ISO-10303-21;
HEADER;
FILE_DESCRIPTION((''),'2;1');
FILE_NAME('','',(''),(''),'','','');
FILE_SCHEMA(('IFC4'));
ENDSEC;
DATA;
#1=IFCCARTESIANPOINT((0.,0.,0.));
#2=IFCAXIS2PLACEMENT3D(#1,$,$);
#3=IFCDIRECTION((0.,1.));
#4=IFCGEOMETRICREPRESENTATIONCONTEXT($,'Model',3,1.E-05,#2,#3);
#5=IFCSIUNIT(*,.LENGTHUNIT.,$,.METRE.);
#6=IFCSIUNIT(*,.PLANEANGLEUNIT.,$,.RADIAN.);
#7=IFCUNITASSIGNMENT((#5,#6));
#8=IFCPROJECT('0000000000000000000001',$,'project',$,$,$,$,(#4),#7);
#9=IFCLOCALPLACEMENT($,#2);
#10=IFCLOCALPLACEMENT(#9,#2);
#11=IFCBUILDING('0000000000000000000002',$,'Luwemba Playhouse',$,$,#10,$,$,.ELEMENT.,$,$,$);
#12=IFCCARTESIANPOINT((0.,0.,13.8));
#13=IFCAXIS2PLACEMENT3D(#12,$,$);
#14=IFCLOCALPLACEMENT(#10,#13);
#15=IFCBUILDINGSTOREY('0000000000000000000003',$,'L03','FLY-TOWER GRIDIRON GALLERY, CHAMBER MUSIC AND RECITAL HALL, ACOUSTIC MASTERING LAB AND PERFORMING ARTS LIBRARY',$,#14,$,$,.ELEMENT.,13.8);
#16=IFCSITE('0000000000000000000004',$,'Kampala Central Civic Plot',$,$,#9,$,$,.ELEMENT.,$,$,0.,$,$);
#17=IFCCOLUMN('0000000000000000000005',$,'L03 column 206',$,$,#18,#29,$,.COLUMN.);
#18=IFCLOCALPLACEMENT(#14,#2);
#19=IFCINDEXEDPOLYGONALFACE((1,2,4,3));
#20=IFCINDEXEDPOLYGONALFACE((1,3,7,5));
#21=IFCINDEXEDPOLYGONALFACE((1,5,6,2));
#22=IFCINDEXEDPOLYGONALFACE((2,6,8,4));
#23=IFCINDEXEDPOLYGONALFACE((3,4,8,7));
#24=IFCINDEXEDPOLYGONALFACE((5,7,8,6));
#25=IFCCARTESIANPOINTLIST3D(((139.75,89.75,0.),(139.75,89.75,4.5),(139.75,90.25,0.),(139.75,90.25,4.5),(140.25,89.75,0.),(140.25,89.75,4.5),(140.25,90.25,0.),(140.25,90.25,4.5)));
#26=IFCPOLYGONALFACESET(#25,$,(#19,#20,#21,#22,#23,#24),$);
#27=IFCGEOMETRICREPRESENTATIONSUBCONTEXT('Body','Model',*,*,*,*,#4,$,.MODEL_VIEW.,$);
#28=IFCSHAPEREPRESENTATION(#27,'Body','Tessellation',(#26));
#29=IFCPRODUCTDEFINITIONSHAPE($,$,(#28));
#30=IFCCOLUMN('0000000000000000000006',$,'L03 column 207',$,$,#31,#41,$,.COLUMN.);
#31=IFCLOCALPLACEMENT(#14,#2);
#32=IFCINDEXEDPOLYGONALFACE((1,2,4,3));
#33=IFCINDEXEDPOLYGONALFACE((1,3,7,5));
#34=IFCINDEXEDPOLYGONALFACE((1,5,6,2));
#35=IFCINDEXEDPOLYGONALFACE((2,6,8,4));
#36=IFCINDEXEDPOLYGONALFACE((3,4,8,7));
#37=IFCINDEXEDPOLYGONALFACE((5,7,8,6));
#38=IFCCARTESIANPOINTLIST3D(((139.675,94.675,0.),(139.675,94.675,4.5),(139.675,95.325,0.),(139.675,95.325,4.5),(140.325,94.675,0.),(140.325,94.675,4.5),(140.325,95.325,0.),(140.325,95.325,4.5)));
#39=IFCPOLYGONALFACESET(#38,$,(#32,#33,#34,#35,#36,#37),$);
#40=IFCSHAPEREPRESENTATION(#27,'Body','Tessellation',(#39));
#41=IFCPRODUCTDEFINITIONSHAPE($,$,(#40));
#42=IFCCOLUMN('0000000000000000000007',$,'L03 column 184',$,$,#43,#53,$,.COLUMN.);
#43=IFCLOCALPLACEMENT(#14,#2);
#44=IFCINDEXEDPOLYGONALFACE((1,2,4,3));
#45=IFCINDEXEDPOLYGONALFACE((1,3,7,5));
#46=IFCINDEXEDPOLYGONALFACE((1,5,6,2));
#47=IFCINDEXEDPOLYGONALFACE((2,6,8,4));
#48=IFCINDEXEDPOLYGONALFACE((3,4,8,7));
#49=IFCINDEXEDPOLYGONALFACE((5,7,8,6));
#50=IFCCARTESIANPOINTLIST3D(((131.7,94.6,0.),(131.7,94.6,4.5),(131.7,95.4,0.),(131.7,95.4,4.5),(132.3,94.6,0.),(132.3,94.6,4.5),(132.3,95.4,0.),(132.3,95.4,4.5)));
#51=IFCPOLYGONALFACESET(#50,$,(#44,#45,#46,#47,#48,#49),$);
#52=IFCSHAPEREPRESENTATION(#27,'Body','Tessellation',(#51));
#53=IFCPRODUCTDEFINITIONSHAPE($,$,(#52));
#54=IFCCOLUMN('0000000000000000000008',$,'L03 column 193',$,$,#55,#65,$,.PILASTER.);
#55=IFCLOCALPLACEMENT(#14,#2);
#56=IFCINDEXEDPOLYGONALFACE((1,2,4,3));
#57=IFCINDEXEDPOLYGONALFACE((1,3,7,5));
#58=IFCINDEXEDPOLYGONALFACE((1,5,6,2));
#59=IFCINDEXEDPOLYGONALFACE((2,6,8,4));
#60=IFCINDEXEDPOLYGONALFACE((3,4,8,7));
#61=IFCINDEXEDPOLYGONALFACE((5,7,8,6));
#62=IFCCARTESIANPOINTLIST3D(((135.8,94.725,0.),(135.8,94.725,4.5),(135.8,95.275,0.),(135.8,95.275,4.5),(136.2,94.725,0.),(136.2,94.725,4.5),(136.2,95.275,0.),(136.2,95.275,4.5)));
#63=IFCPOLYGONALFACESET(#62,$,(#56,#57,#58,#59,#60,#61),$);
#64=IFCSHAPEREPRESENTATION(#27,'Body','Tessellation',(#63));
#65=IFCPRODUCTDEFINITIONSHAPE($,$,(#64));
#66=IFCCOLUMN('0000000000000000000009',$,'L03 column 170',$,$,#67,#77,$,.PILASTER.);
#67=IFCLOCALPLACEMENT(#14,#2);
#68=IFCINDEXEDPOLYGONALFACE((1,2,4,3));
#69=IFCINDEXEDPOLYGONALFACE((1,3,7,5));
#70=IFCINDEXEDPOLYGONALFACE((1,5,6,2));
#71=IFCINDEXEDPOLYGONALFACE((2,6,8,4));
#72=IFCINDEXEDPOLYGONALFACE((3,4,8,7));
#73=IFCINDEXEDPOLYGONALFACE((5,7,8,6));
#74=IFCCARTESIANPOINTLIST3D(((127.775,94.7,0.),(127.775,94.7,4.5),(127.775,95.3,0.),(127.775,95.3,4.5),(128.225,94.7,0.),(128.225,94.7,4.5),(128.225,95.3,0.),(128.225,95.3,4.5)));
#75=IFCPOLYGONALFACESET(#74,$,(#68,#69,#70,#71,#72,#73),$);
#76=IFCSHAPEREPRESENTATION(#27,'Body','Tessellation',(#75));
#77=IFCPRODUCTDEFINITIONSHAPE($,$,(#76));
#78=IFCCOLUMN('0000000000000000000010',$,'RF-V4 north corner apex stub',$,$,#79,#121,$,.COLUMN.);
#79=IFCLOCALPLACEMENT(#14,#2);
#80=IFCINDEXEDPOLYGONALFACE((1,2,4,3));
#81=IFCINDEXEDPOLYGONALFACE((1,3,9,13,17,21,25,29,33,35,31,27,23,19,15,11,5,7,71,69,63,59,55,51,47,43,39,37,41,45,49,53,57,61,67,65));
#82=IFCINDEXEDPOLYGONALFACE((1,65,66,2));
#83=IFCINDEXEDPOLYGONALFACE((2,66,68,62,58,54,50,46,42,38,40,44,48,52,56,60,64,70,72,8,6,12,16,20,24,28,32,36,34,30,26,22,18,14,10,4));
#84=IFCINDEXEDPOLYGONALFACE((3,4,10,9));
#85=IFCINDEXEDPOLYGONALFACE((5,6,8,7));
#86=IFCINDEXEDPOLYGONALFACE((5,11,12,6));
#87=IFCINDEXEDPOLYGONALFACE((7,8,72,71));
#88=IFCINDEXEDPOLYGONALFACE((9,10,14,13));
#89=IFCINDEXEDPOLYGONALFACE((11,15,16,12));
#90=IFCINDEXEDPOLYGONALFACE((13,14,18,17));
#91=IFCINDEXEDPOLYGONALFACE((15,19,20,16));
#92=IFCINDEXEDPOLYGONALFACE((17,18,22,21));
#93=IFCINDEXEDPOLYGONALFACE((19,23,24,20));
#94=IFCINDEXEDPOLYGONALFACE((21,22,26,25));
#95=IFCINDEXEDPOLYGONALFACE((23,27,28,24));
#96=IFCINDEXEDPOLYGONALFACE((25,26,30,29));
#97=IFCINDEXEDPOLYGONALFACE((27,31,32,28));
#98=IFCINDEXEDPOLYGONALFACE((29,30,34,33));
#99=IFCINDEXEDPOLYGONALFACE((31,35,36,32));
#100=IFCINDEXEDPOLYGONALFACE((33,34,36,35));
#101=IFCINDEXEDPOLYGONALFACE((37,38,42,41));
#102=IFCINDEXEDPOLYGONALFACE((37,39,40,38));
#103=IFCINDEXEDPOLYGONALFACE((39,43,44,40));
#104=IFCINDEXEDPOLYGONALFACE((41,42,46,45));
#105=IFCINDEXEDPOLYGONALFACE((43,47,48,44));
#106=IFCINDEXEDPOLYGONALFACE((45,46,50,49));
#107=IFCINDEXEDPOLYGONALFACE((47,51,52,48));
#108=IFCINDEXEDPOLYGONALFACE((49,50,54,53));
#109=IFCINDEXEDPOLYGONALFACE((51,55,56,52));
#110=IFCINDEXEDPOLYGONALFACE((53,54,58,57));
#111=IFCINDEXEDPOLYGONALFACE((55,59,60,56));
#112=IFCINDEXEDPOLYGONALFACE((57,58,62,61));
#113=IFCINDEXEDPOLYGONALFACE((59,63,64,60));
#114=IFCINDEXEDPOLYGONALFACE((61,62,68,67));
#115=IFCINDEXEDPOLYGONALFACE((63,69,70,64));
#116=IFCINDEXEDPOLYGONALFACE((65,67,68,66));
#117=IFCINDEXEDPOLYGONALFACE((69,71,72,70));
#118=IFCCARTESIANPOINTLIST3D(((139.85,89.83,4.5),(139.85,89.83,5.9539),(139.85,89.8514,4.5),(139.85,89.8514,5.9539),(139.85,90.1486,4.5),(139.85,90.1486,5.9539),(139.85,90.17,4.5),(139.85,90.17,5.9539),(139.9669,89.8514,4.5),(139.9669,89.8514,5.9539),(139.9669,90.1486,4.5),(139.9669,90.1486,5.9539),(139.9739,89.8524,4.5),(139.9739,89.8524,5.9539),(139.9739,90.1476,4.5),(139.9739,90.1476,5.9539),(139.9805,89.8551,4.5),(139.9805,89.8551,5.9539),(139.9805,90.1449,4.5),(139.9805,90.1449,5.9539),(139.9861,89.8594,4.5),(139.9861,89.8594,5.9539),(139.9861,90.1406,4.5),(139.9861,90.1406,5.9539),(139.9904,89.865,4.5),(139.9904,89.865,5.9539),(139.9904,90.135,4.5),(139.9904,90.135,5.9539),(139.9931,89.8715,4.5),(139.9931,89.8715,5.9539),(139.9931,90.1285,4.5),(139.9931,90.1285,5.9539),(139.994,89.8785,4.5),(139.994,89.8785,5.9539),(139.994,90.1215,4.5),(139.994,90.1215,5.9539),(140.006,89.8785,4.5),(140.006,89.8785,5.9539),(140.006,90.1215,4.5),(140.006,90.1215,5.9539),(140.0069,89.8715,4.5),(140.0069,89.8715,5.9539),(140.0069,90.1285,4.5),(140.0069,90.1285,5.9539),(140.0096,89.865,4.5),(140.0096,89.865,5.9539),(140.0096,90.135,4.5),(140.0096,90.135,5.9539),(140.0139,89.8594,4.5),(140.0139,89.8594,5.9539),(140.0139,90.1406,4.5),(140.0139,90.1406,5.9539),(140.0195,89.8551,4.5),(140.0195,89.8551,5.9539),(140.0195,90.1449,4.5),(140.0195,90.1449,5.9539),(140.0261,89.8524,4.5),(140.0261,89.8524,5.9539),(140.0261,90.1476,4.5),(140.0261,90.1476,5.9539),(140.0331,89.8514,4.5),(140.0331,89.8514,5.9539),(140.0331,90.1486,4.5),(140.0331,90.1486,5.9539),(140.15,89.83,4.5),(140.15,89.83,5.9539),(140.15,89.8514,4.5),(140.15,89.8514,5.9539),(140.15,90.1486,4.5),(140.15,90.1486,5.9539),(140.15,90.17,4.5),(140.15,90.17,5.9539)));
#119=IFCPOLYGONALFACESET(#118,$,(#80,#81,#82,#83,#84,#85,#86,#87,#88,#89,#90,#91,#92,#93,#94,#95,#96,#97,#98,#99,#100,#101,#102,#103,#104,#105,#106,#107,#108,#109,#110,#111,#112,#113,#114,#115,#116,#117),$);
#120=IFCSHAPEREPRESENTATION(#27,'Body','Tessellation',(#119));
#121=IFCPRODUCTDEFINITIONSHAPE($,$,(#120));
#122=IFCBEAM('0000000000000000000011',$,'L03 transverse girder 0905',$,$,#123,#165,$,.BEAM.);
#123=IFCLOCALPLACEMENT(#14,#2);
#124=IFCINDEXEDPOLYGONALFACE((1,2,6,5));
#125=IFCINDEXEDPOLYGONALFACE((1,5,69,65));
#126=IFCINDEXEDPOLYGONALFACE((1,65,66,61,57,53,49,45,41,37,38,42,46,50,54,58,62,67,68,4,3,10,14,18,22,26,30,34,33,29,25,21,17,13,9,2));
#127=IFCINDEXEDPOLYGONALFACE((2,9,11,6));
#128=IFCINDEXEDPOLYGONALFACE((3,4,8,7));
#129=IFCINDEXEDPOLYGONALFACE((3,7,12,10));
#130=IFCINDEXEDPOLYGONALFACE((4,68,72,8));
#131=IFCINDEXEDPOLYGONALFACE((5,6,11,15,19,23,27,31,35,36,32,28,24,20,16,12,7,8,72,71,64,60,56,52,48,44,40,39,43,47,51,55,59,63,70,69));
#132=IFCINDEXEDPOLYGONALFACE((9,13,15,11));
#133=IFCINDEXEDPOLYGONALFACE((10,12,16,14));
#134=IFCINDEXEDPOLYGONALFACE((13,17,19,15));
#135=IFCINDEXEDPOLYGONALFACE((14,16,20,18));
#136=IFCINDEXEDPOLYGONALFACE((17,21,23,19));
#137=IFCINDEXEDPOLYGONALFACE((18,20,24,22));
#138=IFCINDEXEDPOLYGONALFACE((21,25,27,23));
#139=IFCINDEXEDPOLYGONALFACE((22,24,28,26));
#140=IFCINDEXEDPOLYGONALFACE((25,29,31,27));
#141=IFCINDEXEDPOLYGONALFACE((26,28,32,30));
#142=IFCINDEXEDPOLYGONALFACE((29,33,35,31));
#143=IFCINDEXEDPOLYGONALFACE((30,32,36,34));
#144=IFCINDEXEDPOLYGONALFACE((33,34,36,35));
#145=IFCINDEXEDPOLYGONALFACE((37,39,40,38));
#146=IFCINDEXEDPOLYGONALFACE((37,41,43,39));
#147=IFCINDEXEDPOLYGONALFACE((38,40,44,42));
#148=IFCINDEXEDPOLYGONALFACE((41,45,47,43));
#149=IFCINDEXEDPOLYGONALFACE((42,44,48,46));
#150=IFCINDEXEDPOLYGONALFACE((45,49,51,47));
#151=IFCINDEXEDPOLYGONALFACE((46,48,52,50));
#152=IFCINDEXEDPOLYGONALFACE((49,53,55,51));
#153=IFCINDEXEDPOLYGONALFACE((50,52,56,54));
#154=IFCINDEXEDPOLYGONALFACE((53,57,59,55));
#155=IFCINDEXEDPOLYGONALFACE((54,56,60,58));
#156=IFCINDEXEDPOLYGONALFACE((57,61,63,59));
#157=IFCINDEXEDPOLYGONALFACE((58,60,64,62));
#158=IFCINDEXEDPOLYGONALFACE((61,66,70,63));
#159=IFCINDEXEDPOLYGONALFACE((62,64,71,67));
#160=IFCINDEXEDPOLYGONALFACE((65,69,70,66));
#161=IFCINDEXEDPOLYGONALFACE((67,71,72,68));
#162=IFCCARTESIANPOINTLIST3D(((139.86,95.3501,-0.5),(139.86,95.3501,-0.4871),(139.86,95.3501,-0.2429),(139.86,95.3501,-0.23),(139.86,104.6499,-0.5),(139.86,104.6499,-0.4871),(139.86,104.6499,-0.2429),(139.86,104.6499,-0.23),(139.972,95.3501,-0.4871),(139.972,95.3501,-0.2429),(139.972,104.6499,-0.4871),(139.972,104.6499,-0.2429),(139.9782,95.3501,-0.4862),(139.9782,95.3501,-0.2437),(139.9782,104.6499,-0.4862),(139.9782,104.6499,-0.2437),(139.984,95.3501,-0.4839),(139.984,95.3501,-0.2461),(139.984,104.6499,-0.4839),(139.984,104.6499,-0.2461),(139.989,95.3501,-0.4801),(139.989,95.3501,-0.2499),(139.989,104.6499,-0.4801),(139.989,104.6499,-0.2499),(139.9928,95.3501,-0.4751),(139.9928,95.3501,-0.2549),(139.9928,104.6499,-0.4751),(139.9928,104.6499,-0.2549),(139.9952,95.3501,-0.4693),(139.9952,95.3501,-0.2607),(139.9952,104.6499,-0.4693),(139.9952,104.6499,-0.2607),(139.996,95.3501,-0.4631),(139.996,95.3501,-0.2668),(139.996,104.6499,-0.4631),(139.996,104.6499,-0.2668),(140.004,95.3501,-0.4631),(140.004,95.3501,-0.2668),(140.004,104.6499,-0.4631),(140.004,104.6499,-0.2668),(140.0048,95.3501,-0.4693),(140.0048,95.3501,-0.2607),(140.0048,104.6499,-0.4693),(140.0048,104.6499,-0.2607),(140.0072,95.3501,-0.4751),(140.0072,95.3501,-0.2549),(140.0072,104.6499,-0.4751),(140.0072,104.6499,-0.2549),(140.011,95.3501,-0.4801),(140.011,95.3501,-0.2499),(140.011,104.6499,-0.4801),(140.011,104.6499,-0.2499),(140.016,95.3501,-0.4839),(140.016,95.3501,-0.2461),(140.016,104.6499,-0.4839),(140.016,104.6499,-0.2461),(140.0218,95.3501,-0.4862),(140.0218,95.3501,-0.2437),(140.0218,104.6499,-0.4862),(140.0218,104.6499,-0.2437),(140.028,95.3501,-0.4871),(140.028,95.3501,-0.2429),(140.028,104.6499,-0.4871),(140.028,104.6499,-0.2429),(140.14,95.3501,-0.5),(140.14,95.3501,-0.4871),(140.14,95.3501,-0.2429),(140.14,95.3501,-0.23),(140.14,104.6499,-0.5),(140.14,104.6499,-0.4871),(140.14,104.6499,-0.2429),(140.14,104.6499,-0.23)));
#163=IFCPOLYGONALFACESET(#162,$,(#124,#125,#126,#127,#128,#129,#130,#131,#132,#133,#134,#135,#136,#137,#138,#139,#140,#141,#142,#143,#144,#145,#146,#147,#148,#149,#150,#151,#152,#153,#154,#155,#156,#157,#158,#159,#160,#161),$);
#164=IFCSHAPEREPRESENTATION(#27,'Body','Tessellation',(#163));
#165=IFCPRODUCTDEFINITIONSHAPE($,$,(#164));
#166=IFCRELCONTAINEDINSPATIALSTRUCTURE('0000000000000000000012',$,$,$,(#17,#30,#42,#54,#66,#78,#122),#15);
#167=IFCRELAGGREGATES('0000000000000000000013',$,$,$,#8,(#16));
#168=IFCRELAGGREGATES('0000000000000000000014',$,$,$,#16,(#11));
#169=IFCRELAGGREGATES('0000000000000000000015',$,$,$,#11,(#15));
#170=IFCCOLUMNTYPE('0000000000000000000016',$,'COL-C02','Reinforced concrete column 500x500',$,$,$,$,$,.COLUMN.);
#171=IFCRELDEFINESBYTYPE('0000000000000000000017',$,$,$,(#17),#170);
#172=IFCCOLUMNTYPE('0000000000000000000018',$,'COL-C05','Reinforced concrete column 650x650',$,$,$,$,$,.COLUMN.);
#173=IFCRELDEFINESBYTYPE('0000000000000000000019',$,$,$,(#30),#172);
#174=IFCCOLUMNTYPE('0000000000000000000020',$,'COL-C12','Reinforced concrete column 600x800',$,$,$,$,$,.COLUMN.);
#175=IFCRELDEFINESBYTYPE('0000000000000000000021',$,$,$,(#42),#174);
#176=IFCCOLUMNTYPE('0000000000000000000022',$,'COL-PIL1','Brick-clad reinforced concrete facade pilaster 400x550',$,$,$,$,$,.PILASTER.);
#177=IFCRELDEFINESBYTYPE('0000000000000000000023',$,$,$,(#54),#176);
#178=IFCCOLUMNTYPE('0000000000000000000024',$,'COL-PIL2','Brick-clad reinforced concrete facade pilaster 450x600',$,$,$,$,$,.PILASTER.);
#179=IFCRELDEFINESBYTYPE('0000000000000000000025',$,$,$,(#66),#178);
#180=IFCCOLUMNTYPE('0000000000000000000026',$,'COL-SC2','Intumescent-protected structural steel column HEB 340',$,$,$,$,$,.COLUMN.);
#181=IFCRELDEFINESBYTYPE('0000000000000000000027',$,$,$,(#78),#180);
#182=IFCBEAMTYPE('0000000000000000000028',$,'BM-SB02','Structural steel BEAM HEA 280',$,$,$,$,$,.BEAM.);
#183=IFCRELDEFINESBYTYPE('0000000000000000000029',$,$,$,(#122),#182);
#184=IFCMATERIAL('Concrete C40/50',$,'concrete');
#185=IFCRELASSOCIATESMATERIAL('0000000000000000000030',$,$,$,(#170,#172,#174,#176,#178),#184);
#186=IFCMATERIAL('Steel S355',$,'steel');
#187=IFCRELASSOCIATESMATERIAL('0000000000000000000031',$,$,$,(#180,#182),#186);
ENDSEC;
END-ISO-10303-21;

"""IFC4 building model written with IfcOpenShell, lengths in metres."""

from ifc_helpers import new_model, si_unit, direction, frame, origin, origin_2d, place, context, subcontext, project, spatial, rectangle, i_section, extrude, material, material_profile, profile_set, type_object, element, save


model = new_model("IFC4")

# Units and contexts
model_context = context("Model", 3, precision=1e-05, world=origin(), true_north=direction((0.0, 1.0)))
body_context = subcontext(model_context, "Body", "Model", "MODEL_VIEW")
ifc_project = project(units=[si_unit("LENGTHUNIT", "METRE"), si_unit("PLANEANGLEUNIT", "RADIAN")], contexts=[model_context])

# Site, building, storey
site_placement = place(None, origin())
site = spatial("IfcSite", under=ifc_project, at=site_placement, Name="Kampala Central Civic Plot", CompositionType="ELEMENT", RefElevation=0.0)
building_placement = place(site_placement, origin())
building = spatial("IfcBuilding", under=site, at=building_placement, Name="Luwemba Playhouse", CompositionType="ELEMENT")
storey_placement = place(building_placement, frame((0.0, 0.0, 13.8)))
storey = spatial("IfcBuildingStorey", under=building, at=storey_placement, Name="L03", Description="FLY-TOWER GRIDIRON GALLERY, CHAMBER MUSIC AND RECITAL HALL, ACOUSTIC MASTERING LAB AND PERFORMING ARTS LIBRARY", CompositionType="ELEMENT", Elevation=13.8)

# Columns
ifc_material_1 = material(Name="Concrete C40/50", Category="concrete")
ifc_material_profile_1 = material_profile(ifc_material_1, rectangle(XDim=0.5, YDim=0.5, at=origin_2d()))
ifc_profile_set_1 = profile_set([ifc_material_profile_1], Name="Concrete C40/50")
column_type_1 = type_object("IfcColumnType", Name="COL-C02", Description="Reinforced concrete column 500x500", PredefinedType="COLUMN", material=ifc_profile_set_1)
column_1_placement = place(storey_placement, frame((140.0, 90.0, 0.0), z_axis=(0.0, 0.0, 1.0), x_axis=(1.0, 0.0, 0.0)))
element("IfcColumn", 1, at=column_1_placement, inside=storey, type_object=column_type_1, Name="L03 column 206", PredefinedType="COLUMN", context=body_context, shape_type="SweptSolid", body=[
    extrude(rectangle(XDim=0.5, YDim=0.5, at=origin_2d()), origin(), (0.0, 0.0, 1.0), 4.5),
])
ifc_material_profile_2 = material_profile(ifc_material_1, rectangle(XDim=0.6499, YDim=0.6499, at=origin_2d()))
ifc_profile_set_2 = profile_set([ifc_material_profile_2], Name="Concrete C40/50")
column_type_2 = type_object("IfcColumnType", Name="COL-C05", Description="Reinforced concrete column 650x650", PredefinedType="COLUMN", material=ifc_profile_set_2)
column_2_placement = place(storey_placement, frame((140.0, 95.0, 0.0), z_axis=(0.0, 0.0, 1.0), x_axis=(1.0, 0.0, 0.0)))
element("IfcColumn", 2, at=column_2_placement, inside=storey, type_object=column_type_2, Name="L03 column 207", PredefinedType="COLUMN", context=body_context, shape_type="SweptSolid", body=[
    extrude(rectangle(XDim=0.6499, YDim=0.6499, at=origin_2d()), origin(), (0.0, 0.0, 1.0), 4.5),
])
ifc_material_profile_3 = material_profile(ifc_material_1, rectangle(XDim=0.6001, YDim=0.8, at=origin_2d()))
ifc_profile_set_3 = profile_set([ifc_material_profile_3], Name="Concrete C40/50")
column_type_3 = type_object("IfcColumnType", Name="COL-C12", Description="Reinforced concrete column 600x800", PredefinedType="COLUMN", material=ifc_profile_set_3)
column_3_placement = place(storey_placement, frame((132.0, 95.0, 0.0), z_axis=(0.0, 0.0, 1.0), x_axis=(1.0, 0.0, 0.0)))
element("IfcColumn", 3, at=column_3_placement, inside=storey, type_object=column_type_3, Name="L03 column 184", PredefinedType="COLUMN", context=body_context, shape_type="SweptSolid", body=[
    extrude(rectangle(XDim=0.6001, YDim=0.8, at=origin_2d()), origin(), (0.0, 0.0, 1.0), 4.5),
])
ifc_material_profile_4 = material_profile(ifc_material_1, rectangle(XDim=0.3999, YDim=0.55, at=origin_2d()))
ifc_profile_set_4 = profile_set([ifc_material_profile_4], Name="Concrete C40/50")
column_type_4 = type_object("IfcColumnType", Name="COL-PIL1", Description="Brick-clad reinforced concrete facade pilaster 400x550", PredefinedType="PILASTER", material=ifc_profile_set_4)
column_4_placement = place(storey_placement, frame((136.0, 95.0, 0.0), z_axis=(0.0, 0.0, 1.0), x_axis=(1.0, 0.0, 0.0)))
element("IfcColumn", 4, at=column_4_placement, inside=storey, type_object=column_type_4, Name="L03 column 193", PredefinedType="PILASTER", context=body_context, shape_type="SweptSolid", body=[
    extrude(rectangle(XDim=0.3999, YDim=0.55, at=origin_2d()), origin(), (0.0, 0.0, 1.0), 4.5),
])
ifc_material_profile_5 = material_profile(ifc_material_1, rectangle(XDim=0.45, YDim=0.6001, at=origin_2d()))
ifc_profile_set_5 = profile_set([ifc_material_profile_5], Name="Concrete C40/50")
column_type_5 = type_object("IfcColumnType", Name="COL-PIL2", Description="Brick-clad reinforced concrete facade pilaster 450x600", PredefinedType="PILASTER", material=ifc_profile_set_5)
column_5_placement = place(storey_placement, frame((128.0, 95.0, 0.0), z_axis=(0.0, 0.0, 1.0), x_axis=(1.0, 0.0, 0.0)))
element("IfcColumn", 5, at=column_5_placement, inside=storey, type_object=column_type_5, Name="L03 column 170", PredefinedType="PILASTER", context=body_context, shape_type="SweptSolid", body=[
    extrude(rectangle(XDim=0.45, YDim=0.6001, at=origin_2d()), origin(), (0.0, 0.0, 1.0), 4.5),
])
ifc_material_2 = material(Name="Steel S355", Category="steel")
ifc_material_profile_6 = material_profile(ifc_material_2, i_section(OverallWidth=0.3, OverallDepth=0.3401, WebThickness=0.012, FlangeThickness=0.0215, FilletRadius=0.0271, at=origin_2d()))
ifc_profile_set_6 = profile_set([ifc_material_profile_6], Name="Steel S355")
column_type_6 = type_object("IfcColumnType", Name="COL-SC2", Description="Intumescent-protected structural steel column HEB 340", PredefinedType="COLUMN", material=ifc_profile_set_6)
column_6_placement = place(storey_placement, frame((140.0, 90.0, 4.5), z_axis=(0.0, 0.0, 1.0), x_axis=(1.0, 0.0, 0.0)))
element("IfcColumn", 6, at=column_6_placement, inside=storey, type_object=column_type_6, Name="RF-V4 north corner apex stub", PredefinedType="COLUMN", context=body_context, shape_type="SweptSolid", body=[
    extrude(i_section(OverallWidth=0.3, OverallDepth=0.3401, WebThickness=0.012, FlangeThickness=0.0215, FilletRadius=0.0271, at=origin_2d()), origin(), (0.0, 0.0, 1.0), 1.4539),
])

# Beam
ifc_material_profile_7 = material_profile(ifc_material_2, i_section(OverallWidth=0.28, OverallDepth=0.27, WebThickness=0.0081, FlangeThickness=0.0129, FilletRadius=0.0239, at=origin_2d()))
ifc_profile_set_7 = profile_set([ifc_material_profile_7], Name="Steel S355")
beam_type_1 = type_object("IfcBeamType", Name="BM-SB02", Description="Structural steel BEAM HEA 280", PredefinedType="BEAM", material=ifc_profile_set_7)
beam_1_placement = place(storey_placement, frame((140.0, 95.3501, -0.365), z_axis=(0.0, 1.0, 0.0), x_axis=(-1.0, 0.0, 0.0)))
element("IfcBeam", 7, at=beam_1_placement, inside=storey, type_object=beam_type_1, Name="L03 transverse girder 0905", PredefinedType="BEAM", context=body_context, shape_type="SweptSolid", body=[
    extrude(i_section(OverallWidth=0.28, OverallDepth=0.27, WebThickness=0.0081, FlangeThickness=0.0129, FilletRadius=0.0239, at=origin_2d()), origin(), (0.0, 0.0, 1.0), 9.2998),
])

save(model, "model.ifc")
